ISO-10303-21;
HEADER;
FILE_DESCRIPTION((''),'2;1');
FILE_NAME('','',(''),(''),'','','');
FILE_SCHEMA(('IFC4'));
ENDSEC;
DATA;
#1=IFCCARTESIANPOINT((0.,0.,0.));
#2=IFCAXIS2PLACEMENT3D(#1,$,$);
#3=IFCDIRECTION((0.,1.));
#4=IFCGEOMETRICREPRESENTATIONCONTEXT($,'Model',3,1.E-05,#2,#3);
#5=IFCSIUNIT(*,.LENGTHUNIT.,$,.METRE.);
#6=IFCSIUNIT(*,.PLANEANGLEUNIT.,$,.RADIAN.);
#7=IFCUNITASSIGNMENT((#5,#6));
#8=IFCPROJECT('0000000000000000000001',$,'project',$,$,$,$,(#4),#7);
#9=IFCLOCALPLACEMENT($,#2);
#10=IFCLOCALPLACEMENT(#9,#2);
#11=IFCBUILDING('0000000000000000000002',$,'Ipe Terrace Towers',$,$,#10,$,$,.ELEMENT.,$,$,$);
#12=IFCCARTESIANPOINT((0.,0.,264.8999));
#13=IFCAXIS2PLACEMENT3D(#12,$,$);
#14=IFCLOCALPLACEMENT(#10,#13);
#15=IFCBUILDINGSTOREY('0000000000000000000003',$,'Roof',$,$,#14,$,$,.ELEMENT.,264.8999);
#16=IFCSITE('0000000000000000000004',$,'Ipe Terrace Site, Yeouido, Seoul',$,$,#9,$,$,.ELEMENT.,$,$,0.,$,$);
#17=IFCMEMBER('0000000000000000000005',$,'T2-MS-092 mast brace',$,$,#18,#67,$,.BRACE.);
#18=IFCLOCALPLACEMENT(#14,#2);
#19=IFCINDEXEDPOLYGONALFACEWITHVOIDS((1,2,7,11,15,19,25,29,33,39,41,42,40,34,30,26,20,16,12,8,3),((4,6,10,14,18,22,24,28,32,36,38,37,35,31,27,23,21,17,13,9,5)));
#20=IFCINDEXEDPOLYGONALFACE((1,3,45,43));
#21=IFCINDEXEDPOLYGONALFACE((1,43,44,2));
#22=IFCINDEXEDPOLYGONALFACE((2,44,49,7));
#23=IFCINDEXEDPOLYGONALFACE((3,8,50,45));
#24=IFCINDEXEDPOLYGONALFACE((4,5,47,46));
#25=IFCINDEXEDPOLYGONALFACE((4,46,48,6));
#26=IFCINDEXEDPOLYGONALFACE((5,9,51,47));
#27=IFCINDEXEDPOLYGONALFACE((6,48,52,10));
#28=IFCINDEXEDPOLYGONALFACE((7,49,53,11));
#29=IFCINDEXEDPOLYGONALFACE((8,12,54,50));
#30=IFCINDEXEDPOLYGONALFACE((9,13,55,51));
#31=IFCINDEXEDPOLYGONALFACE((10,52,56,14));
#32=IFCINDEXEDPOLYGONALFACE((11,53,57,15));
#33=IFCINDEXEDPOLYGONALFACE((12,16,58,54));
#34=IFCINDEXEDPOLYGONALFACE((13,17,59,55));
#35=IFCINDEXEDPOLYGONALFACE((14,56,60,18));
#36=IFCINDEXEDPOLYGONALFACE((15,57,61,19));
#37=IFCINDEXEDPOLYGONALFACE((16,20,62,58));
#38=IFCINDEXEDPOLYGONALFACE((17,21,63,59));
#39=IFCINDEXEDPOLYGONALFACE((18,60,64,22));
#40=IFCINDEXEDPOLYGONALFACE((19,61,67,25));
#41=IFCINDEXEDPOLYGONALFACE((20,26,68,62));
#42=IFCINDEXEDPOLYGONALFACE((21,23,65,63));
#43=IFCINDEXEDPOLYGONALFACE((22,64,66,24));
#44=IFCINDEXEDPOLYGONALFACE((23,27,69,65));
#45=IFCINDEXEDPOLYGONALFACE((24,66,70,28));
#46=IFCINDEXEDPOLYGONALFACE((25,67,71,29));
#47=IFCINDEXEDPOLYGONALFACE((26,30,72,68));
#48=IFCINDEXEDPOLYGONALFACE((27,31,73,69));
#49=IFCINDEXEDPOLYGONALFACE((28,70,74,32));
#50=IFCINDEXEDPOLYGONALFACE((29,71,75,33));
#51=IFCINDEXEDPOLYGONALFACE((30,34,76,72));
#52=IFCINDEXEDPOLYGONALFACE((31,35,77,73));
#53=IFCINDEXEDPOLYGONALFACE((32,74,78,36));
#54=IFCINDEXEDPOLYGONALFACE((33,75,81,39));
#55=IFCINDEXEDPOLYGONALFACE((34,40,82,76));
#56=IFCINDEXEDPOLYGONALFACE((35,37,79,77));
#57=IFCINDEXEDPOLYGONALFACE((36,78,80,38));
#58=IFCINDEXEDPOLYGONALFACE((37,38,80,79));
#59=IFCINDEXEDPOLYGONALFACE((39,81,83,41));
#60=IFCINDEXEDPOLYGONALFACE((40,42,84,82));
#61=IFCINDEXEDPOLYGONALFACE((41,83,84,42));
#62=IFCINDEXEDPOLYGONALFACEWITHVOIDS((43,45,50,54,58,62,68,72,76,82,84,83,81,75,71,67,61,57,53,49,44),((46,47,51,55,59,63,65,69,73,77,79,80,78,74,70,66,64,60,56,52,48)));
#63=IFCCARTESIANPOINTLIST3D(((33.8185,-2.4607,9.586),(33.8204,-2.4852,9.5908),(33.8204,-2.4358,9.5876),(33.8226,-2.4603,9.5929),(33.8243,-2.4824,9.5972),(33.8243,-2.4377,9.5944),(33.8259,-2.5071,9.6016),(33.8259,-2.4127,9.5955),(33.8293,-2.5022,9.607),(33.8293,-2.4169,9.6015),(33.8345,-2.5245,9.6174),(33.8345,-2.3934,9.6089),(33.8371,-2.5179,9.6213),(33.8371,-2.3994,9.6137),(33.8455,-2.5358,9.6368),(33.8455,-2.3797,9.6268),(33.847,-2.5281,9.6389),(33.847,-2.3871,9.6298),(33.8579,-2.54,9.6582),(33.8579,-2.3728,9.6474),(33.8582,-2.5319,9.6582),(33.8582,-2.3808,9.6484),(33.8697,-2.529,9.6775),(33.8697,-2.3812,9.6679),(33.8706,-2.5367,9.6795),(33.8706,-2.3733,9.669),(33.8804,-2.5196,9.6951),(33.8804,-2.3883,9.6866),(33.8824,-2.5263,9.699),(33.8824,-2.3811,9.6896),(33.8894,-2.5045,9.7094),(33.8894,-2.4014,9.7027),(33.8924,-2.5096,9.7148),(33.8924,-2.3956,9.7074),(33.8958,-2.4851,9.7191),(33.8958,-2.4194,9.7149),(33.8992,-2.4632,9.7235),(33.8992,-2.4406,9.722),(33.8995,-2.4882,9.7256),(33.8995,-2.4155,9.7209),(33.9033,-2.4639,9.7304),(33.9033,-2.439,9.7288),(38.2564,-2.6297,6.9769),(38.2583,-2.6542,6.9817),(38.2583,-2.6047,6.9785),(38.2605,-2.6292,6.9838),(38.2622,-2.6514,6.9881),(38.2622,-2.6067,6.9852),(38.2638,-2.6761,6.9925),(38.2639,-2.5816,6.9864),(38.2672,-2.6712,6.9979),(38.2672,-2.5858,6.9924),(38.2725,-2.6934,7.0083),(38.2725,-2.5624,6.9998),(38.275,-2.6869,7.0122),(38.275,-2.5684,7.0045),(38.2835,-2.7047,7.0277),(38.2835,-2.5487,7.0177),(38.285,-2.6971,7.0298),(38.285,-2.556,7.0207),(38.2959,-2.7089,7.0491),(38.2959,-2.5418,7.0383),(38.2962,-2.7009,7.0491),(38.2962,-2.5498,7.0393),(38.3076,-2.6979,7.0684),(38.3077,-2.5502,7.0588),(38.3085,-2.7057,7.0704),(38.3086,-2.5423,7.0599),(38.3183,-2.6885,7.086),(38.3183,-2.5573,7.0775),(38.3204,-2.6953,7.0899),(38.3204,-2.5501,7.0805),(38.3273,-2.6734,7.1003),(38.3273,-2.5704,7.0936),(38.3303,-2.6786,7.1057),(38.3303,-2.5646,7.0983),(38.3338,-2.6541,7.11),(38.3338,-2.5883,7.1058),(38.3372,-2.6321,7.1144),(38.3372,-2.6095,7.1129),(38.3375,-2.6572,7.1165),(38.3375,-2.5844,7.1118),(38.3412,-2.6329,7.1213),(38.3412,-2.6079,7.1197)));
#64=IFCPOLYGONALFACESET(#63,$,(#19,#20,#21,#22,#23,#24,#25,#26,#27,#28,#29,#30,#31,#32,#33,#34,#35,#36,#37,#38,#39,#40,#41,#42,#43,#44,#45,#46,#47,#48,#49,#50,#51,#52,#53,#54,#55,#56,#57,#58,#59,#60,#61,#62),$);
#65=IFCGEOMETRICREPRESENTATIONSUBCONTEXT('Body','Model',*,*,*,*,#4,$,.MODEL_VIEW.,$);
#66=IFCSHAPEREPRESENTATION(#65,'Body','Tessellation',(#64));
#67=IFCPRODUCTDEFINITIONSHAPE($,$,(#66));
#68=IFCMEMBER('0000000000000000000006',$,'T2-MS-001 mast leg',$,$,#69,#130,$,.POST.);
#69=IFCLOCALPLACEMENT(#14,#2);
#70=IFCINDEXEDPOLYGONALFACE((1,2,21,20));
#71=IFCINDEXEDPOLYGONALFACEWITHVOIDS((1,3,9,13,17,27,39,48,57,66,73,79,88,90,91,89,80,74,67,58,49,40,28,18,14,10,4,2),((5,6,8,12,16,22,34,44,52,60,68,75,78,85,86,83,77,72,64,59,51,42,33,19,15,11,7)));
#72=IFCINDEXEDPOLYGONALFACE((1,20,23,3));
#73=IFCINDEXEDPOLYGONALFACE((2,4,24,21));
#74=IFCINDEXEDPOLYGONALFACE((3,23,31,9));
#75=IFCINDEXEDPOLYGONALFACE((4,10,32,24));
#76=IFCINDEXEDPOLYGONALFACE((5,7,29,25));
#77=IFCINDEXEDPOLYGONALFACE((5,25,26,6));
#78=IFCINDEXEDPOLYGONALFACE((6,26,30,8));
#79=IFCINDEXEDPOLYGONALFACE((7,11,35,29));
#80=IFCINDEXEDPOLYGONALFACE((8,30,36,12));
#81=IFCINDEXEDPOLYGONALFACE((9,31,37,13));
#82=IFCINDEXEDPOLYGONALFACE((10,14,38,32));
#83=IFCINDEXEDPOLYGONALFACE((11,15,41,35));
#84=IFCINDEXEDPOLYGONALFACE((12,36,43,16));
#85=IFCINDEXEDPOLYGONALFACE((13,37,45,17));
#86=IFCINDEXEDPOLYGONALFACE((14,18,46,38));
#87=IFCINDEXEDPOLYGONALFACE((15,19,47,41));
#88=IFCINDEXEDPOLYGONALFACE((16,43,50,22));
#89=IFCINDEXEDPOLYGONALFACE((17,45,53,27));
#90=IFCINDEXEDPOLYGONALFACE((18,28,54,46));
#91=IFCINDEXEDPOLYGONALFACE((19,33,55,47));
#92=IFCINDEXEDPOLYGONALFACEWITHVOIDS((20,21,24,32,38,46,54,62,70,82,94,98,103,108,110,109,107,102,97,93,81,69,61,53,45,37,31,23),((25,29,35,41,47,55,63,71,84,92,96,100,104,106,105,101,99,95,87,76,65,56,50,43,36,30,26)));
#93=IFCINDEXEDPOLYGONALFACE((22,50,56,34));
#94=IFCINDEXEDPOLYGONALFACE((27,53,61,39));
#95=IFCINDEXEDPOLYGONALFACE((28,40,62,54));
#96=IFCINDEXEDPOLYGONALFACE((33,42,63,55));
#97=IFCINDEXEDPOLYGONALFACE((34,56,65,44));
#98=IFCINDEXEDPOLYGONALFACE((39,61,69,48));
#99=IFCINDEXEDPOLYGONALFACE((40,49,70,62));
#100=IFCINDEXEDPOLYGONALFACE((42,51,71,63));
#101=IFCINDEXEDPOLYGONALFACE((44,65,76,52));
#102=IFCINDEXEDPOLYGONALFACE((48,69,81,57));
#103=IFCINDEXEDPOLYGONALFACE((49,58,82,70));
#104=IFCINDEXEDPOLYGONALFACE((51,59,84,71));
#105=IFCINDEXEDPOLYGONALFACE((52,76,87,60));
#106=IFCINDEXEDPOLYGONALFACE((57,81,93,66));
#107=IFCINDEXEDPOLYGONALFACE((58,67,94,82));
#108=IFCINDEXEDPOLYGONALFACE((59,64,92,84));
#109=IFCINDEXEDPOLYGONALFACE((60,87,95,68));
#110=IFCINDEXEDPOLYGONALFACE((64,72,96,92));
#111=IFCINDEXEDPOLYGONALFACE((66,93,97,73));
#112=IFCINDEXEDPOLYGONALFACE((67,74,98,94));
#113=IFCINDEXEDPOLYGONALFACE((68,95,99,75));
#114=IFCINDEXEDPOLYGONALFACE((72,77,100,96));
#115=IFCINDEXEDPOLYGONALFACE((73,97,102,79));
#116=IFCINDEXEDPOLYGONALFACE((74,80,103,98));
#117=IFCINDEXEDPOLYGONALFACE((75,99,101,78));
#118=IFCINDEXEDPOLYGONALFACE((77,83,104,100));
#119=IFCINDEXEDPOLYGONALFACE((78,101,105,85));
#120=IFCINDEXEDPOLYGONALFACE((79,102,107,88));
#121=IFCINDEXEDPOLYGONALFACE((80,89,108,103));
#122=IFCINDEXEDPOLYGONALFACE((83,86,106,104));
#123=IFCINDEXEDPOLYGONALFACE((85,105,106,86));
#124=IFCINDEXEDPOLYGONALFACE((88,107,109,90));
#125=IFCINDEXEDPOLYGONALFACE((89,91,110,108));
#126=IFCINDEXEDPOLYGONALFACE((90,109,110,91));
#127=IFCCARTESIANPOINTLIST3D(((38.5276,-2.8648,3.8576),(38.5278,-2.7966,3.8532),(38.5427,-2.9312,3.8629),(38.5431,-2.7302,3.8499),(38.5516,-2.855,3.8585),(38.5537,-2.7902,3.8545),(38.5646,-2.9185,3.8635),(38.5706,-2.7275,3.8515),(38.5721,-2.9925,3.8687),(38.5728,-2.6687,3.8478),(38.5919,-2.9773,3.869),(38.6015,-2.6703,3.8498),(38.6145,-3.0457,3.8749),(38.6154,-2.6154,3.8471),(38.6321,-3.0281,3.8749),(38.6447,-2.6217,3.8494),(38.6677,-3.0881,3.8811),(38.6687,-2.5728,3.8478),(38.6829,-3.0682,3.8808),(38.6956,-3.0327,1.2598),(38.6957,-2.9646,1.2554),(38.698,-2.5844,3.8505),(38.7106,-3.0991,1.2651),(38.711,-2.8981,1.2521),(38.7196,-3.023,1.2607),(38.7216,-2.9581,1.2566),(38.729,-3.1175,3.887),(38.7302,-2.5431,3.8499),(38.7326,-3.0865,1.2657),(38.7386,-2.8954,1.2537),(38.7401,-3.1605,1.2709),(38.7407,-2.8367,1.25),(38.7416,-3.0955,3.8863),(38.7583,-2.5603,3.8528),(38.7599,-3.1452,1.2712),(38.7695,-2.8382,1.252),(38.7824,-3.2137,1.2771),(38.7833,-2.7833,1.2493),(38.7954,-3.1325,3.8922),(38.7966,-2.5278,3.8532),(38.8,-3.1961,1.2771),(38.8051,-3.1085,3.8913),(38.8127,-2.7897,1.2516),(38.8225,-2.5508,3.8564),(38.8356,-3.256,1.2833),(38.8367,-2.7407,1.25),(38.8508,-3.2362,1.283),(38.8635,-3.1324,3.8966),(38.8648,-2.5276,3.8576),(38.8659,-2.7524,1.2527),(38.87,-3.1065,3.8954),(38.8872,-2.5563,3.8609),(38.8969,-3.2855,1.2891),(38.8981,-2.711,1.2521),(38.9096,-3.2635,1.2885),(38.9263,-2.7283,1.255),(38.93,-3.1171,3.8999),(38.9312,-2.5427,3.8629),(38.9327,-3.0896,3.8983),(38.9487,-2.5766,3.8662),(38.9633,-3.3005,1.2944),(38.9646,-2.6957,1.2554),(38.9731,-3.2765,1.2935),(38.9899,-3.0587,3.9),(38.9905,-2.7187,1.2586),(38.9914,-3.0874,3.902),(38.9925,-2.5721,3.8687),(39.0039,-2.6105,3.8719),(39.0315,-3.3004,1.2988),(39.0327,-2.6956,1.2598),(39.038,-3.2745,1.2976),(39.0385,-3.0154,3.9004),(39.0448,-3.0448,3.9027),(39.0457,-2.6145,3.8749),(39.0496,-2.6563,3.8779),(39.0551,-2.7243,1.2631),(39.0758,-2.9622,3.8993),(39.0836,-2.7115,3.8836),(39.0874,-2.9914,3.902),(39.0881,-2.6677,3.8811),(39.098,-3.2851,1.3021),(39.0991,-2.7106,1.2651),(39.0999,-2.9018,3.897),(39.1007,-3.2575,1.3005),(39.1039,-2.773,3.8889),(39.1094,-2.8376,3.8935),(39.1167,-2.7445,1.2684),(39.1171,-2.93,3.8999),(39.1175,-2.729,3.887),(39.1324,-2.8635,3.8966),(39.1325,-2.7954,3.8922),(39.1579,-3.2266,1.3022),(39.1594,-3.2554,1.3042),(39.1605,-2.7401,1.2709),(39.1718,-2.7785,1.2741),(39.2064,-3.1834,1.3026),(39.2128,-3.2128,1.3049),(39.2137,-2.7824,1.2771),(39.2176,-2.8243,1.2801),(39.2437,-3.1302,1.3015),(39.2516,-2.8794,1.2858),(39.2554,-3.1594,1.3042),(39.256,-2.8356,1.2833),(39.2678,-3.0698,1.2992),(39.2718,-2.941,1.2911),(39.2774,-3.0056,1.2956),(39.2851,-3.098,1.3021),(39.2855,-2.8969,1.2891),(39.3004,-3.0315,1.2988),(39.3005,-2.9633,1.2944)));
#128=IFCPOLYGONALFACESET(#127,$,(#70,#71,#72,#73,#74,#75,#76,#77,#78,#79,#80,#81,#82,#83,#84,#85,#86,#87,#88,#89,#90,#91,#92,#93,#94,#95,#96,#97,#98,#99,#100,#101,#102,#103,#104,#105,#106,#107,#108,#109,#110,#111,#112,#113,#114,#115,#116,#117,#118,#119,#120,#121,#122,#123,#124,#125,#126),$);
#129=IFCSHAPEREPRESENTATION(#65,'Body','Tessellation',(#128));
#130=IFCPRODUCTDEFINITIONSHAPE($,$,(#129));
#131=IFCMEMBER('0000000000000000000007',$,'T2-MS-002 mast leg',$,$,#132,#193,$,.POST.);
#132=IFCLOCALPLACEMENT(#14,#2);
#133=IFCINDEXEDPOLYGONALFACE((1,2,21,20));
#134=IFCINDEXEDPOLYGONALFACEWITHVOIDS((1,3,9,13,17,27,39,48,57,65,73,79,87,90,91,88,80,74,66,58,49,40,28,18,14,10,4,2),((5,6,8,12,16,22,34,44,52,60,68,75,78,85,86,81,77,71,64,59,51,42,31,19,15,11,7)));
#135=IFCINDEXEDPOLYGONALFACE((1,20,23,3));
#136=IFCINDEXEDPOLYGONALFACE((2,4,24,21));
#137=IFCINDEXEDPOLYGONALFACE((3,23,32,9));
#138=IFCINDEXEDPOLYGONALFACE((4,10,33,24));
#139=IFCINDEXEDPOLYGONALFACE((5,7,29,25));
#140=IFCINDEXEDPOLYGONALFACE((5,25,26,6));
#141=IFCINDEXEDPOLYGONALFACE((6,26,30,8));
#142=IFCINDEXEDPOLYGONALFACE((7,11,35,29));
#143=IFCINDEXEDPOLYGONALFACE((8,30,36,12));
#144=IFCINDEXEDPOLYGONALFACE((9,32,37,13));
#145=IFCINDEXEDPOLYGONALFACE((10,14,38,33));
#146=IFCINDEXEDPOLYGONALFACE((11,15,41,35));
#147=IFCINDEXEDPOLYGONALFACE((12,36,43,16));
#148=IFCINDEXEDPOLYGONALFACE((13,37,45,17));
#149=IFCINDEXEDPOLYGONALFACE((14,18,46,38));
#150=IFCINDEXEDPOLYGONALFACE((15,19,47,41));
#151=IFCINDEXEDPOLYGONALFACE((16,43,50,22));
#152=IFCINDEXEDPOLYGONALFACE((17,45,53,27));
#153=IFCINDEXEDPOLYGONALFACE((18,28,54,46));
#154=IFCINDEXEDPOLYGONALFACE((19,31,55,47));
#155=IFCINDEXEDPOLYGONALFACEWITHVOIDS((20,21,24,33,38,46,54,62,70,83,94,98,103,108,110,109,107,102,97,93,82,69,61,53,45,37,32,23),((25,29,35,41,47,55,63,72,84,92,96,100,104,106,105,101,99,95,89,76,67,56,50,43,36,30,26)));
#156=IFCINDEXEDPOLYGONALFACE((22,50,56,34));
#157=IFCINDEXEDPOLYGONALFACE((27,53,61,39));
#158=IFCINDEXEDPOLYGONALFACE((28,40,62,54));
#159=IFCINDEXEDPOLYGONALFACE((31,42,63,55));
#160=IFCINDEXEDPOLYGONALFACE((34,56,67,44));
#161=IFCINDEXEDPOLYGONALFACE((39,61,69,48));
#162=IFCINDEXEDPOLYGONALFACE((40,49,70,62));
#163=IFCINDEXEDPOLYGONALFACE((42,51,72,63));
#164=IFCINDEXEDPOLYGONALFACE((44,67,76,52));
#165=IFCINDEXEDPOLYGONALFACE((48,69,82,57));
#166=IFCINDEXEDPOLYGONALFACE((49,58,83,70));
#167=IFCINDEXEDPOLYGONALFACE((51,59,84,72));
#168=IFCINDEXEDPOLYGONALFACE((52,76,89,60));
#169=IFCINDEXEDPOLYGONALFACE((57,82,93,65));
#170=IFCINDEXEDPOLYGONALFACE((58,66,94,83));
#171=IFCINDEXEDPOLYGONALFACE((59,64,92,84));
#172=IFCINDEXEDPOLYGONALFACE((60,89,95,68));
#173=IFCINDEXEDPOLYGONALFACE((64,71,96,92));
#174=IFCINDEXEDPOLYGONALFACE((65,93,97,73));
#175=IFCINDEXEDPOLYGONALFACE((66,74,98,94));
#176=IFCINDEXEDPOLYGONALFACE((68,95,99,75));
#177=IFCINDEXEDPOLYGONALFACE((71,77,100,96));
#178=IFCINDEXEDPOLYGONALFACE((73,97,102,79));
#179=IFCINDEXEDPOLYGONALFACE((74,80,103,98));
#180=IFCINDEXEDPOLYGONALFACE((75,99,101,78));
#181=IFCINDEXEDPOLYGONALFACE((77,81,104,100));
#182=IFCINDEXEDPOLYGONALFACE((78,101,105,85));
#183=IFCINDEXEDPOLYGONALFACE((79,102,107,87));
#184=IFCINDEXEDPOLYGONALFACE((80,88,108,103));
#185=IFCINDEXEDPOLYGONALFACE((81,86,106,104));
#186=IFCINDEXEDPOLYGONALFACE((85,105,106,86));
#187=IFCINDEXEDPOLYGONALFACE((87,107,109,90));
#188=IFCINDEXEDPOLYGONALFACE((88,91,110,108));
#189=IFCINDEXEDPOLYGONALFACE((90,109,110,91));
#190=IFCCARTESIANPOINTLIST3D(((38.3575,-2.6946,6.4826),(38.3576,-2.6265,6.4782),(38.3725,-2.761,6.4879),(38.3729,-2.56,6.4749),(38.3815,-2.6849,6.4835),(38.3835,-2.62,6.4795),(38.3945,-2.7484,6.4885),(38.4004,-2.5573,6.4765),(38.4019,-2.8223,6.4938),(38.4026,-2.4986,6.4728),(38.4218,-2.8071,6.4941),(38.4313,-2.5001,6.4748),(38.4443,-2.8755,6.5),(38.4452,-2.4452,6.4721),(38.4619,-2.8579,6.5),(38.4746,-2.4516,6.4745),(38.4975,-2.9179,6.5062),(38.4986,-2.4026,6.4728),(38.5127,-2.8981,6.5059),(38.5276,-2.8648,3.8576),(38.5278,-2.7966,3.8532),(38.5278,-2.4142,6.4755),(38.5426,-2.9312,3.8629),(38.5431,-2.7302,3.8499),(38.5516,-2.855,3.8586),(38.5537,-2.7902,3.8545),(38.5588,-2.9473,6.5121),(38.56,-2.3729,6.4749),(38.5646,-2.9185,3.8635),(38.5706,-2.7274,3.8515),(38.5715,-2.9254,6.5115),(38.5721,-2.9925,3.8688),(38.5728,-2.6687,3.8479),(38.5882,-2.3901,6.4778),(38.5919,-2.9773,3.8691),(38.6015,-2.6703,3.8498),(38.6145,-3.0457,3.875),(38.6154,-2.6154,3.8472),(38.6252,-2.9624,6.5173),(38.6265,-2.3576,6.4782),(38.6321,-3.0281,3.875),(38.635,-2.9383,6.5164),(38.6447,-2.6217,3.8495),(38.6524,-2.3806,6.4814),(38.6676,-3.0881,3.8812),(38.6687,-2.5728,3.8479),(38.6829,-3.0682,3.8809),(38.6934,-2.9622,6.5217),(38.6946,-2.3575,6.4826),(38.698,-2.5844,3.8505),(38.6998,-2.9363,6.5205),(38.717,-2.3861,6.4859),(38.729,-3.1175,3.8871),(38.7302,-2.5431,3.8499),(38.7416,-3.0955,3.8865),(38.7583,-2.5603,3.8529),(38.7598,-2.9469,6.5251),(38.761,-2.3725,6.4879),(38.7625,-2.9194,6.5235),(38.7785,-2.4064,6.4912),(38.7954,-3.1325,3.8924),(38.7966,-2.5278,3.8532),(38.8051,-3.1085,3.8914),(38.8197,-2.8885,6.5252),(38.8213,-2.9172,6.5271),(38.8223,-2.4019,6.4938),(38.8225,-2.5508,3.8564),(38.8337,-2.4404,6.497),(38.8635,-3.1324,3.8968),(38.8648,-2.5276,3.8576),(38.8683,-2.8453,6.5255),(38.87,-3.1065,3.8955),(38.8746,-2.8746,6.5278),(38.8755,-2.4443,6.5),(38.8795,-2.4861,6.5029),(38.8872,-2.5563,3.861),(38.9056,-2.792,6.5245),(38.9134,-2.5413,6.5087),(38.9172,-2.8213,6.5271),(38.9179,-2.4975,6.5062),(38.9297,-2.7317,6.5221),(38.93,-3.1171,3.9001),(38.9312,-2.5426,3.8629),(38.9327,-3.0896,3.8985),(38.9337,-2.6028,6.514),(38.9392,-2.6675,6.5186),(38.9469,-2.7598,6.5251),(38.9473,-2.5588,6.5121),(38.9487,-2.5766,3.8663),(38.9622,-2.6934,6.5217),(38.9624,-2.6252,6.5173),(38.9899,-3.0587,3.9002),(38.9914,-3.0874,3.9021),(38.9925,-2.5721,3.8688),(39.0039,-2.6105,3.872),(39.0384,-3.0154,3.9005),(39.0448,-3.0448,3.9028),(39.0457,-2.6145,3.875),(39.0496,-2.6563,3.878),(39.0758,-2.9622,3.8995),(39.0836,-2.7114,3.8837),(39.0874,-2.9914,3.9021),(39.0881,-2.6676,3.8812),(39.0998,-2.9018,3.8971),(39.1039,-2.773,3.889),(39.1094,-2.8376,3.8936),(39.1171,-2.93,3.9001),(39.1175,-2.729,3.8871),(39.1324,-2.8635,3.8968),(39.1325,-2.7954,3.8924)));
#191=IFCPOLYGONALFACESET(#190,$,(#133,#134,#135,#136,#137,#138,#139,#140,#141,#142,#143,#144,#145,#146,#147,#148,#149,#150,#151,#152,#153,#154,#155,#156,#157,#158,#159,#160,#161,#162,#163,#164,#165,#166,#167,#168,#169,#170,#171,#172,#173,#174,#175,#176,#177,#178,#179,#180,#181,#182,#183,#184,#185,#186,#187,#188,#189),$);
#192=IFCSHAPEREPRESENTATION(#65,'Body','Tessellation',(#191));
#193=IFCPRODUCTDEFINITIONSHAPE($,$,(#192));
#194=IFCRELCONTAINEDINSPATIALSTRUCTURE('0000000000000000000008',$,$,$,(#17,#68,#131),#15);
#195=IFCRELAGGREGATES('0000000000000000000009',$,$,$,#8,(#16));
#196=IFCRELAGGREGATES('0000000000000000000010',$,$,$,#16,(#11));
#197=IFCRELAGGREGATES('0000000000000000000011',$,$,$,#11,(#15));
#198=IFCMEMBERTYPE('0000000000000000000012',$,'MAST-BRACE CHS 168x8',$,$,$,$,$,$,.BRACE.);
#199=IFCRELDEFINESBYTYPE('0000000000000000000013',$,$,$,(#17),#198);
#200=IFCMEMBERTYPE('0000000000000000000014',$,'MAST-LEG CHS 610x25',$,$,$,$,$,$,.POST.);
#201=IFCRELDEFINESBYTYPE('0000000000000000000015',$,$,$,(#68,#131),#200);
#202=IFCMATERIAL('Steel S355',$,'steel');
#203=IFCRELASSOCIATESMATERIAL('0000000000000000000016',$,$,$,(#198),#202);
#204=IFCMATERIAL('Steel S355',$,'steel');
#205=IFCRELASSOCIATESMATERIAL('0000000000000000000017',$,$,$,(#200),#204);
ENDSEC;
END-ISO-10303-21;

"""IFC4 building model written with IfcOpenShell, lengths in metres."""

from ifc_helpers import new_model, si_unit, direction, frame, origin, origin_2d, place, context, subcontext, project, spatial, hollow_circle, extrude, material, material_profile, profile_set, type_object, element, save


model = new_model("IFC4")

# Units and contexts
model_context = context("Model", 3, precision=1e-05, world=origin(), true_north=direction((0.0, 1.0)))
body_context = subcontext(model_context, "Body", "Model", "MODEL_VIEW")
ifc_project = project(units=[si_unit("LENGTHUNIT", "METRE"), si_unit("PLANEANGLEUNIT", "RADIAN")], contexts=[model_context])

# Site, building, storey
site_placement = place(None, origin())
site = spatial("IfcSite", under=ifc_project, at=site_placement, Name="Ipe Terrace Site, Yeouido, Seoul", CompositionType="ELEMENT", RefElevation=0.0)
building_placement = place(site_placement, origin())
building = spatial("IfcBuilding", under=site, at=building_placement, Name="Ipe Terrace Towers", CompositionType="ELEMENT")
storey_placement = place(building_placement, frame((0.0, 0.0, 264.8999)))
storey = spatial("IfcBuildingStorey", under=building, at=storey_placement, Name="Roof", CompositionType="ELEMENT", Elevation=264.8999)

# Members
ifc_material_1 = material(Name="Steel S355", Category="steel")
ifc_material_profile_1 = material_profile(ifc_material_1, hollow_circle(Radius=0.084, WallThickness=0.0081, at=origin_2d()), Name="MAST-BRACE CHS 168x8")
ifc_profile_set_1 = profile_set([ifc_material_profile_1], Name="Steel S355")
member_type_1 = type_object("IfcMemberType", Name="MAST-BRACE CHS 168x8", PredefinedType="BRACE", material=ifc_profile_set_1)
for number, where, z_axis, x_axis, name in (
    (1, (38.2991, -2.625, 7.0491), (-0.861594, 0.032799, 0.506538), (-0.03804, -0.999276, 0.0), "T2-MS-092 mast brace"),
):
    element("IfcMember", number, at=place(storey_placement, frame(where, z_axis=z_axis, x_axis=x_axis)), inside=storey, type_object=member_type_1, Name=name, PredefinedType="BRACE", context=body_context, shape_type="SweptSolid", body=[
        extrude(hollow_circle(Radius=0.084, WallThickness=0.0081, at=origin_2d()), origin(), (0.0, 0.0, 1.0), 5.1509),
    ])
ifc_material_2 = material(Name="Steel S355", Category="steel")
ifc_material_profile_2 = material_profile(ifc_material_2, hollow_circle(Radius=0.3049, WallThickness=0.0249, at=origin_2d()), Name="MAST-LEG CHS 610x25")
ifc_profile_set_2 = profile_set([ifc_material_profile_2], Name="Steel S355")
member_type_2 = type_object("IfcMemberType", Name="MAST-LEG CHS 610x25", PredefinedType="POST", material=ifc_profile_set_2)
member_1_placement = place(storey_placement, frame((38.998, -2.998, 1.2771), z_axis=(-0.064387, 0.064387, 0.995846), x_axis=(-0.707107, -0.707107, 0.0)))
element("IfcMember", 2, at=member_1_placement, inside=storey, type_object=member_type_2, Name="T2-MS-001 mast leg", PredefinedType="POST", context=body_context, shape_type="SweptSolid", body=[
    extrude(hollow_circle(Radius=0.3049, WallThickness=0.0249, at=origin_2d()), origin(), (0.0, 0.0, 1.0), 2.6086),
])
member_2_placement = place(storey_placement, frame((38.8301, -2.8301, 3.875), z_axis=(-0.064554, 0.064554, 0.995824), x_axis=(-0.707107, -0.707107, 0.0)))
element("IfcMember", 3, at=member_2_placement, inside=storey, type_object=member_type_2, Name="T2-MS-002 mast leg", PredefinedType="POST", context=body_context, shape_type="SweptSolid", body=[
    extrude(hollow_circle(Radius=0.3049, WallThickness=0.0249, at=origin_2d()), origin(), (0.0, 0.0, 1.0), 2.636),
])

save(model, "model.ifc")
